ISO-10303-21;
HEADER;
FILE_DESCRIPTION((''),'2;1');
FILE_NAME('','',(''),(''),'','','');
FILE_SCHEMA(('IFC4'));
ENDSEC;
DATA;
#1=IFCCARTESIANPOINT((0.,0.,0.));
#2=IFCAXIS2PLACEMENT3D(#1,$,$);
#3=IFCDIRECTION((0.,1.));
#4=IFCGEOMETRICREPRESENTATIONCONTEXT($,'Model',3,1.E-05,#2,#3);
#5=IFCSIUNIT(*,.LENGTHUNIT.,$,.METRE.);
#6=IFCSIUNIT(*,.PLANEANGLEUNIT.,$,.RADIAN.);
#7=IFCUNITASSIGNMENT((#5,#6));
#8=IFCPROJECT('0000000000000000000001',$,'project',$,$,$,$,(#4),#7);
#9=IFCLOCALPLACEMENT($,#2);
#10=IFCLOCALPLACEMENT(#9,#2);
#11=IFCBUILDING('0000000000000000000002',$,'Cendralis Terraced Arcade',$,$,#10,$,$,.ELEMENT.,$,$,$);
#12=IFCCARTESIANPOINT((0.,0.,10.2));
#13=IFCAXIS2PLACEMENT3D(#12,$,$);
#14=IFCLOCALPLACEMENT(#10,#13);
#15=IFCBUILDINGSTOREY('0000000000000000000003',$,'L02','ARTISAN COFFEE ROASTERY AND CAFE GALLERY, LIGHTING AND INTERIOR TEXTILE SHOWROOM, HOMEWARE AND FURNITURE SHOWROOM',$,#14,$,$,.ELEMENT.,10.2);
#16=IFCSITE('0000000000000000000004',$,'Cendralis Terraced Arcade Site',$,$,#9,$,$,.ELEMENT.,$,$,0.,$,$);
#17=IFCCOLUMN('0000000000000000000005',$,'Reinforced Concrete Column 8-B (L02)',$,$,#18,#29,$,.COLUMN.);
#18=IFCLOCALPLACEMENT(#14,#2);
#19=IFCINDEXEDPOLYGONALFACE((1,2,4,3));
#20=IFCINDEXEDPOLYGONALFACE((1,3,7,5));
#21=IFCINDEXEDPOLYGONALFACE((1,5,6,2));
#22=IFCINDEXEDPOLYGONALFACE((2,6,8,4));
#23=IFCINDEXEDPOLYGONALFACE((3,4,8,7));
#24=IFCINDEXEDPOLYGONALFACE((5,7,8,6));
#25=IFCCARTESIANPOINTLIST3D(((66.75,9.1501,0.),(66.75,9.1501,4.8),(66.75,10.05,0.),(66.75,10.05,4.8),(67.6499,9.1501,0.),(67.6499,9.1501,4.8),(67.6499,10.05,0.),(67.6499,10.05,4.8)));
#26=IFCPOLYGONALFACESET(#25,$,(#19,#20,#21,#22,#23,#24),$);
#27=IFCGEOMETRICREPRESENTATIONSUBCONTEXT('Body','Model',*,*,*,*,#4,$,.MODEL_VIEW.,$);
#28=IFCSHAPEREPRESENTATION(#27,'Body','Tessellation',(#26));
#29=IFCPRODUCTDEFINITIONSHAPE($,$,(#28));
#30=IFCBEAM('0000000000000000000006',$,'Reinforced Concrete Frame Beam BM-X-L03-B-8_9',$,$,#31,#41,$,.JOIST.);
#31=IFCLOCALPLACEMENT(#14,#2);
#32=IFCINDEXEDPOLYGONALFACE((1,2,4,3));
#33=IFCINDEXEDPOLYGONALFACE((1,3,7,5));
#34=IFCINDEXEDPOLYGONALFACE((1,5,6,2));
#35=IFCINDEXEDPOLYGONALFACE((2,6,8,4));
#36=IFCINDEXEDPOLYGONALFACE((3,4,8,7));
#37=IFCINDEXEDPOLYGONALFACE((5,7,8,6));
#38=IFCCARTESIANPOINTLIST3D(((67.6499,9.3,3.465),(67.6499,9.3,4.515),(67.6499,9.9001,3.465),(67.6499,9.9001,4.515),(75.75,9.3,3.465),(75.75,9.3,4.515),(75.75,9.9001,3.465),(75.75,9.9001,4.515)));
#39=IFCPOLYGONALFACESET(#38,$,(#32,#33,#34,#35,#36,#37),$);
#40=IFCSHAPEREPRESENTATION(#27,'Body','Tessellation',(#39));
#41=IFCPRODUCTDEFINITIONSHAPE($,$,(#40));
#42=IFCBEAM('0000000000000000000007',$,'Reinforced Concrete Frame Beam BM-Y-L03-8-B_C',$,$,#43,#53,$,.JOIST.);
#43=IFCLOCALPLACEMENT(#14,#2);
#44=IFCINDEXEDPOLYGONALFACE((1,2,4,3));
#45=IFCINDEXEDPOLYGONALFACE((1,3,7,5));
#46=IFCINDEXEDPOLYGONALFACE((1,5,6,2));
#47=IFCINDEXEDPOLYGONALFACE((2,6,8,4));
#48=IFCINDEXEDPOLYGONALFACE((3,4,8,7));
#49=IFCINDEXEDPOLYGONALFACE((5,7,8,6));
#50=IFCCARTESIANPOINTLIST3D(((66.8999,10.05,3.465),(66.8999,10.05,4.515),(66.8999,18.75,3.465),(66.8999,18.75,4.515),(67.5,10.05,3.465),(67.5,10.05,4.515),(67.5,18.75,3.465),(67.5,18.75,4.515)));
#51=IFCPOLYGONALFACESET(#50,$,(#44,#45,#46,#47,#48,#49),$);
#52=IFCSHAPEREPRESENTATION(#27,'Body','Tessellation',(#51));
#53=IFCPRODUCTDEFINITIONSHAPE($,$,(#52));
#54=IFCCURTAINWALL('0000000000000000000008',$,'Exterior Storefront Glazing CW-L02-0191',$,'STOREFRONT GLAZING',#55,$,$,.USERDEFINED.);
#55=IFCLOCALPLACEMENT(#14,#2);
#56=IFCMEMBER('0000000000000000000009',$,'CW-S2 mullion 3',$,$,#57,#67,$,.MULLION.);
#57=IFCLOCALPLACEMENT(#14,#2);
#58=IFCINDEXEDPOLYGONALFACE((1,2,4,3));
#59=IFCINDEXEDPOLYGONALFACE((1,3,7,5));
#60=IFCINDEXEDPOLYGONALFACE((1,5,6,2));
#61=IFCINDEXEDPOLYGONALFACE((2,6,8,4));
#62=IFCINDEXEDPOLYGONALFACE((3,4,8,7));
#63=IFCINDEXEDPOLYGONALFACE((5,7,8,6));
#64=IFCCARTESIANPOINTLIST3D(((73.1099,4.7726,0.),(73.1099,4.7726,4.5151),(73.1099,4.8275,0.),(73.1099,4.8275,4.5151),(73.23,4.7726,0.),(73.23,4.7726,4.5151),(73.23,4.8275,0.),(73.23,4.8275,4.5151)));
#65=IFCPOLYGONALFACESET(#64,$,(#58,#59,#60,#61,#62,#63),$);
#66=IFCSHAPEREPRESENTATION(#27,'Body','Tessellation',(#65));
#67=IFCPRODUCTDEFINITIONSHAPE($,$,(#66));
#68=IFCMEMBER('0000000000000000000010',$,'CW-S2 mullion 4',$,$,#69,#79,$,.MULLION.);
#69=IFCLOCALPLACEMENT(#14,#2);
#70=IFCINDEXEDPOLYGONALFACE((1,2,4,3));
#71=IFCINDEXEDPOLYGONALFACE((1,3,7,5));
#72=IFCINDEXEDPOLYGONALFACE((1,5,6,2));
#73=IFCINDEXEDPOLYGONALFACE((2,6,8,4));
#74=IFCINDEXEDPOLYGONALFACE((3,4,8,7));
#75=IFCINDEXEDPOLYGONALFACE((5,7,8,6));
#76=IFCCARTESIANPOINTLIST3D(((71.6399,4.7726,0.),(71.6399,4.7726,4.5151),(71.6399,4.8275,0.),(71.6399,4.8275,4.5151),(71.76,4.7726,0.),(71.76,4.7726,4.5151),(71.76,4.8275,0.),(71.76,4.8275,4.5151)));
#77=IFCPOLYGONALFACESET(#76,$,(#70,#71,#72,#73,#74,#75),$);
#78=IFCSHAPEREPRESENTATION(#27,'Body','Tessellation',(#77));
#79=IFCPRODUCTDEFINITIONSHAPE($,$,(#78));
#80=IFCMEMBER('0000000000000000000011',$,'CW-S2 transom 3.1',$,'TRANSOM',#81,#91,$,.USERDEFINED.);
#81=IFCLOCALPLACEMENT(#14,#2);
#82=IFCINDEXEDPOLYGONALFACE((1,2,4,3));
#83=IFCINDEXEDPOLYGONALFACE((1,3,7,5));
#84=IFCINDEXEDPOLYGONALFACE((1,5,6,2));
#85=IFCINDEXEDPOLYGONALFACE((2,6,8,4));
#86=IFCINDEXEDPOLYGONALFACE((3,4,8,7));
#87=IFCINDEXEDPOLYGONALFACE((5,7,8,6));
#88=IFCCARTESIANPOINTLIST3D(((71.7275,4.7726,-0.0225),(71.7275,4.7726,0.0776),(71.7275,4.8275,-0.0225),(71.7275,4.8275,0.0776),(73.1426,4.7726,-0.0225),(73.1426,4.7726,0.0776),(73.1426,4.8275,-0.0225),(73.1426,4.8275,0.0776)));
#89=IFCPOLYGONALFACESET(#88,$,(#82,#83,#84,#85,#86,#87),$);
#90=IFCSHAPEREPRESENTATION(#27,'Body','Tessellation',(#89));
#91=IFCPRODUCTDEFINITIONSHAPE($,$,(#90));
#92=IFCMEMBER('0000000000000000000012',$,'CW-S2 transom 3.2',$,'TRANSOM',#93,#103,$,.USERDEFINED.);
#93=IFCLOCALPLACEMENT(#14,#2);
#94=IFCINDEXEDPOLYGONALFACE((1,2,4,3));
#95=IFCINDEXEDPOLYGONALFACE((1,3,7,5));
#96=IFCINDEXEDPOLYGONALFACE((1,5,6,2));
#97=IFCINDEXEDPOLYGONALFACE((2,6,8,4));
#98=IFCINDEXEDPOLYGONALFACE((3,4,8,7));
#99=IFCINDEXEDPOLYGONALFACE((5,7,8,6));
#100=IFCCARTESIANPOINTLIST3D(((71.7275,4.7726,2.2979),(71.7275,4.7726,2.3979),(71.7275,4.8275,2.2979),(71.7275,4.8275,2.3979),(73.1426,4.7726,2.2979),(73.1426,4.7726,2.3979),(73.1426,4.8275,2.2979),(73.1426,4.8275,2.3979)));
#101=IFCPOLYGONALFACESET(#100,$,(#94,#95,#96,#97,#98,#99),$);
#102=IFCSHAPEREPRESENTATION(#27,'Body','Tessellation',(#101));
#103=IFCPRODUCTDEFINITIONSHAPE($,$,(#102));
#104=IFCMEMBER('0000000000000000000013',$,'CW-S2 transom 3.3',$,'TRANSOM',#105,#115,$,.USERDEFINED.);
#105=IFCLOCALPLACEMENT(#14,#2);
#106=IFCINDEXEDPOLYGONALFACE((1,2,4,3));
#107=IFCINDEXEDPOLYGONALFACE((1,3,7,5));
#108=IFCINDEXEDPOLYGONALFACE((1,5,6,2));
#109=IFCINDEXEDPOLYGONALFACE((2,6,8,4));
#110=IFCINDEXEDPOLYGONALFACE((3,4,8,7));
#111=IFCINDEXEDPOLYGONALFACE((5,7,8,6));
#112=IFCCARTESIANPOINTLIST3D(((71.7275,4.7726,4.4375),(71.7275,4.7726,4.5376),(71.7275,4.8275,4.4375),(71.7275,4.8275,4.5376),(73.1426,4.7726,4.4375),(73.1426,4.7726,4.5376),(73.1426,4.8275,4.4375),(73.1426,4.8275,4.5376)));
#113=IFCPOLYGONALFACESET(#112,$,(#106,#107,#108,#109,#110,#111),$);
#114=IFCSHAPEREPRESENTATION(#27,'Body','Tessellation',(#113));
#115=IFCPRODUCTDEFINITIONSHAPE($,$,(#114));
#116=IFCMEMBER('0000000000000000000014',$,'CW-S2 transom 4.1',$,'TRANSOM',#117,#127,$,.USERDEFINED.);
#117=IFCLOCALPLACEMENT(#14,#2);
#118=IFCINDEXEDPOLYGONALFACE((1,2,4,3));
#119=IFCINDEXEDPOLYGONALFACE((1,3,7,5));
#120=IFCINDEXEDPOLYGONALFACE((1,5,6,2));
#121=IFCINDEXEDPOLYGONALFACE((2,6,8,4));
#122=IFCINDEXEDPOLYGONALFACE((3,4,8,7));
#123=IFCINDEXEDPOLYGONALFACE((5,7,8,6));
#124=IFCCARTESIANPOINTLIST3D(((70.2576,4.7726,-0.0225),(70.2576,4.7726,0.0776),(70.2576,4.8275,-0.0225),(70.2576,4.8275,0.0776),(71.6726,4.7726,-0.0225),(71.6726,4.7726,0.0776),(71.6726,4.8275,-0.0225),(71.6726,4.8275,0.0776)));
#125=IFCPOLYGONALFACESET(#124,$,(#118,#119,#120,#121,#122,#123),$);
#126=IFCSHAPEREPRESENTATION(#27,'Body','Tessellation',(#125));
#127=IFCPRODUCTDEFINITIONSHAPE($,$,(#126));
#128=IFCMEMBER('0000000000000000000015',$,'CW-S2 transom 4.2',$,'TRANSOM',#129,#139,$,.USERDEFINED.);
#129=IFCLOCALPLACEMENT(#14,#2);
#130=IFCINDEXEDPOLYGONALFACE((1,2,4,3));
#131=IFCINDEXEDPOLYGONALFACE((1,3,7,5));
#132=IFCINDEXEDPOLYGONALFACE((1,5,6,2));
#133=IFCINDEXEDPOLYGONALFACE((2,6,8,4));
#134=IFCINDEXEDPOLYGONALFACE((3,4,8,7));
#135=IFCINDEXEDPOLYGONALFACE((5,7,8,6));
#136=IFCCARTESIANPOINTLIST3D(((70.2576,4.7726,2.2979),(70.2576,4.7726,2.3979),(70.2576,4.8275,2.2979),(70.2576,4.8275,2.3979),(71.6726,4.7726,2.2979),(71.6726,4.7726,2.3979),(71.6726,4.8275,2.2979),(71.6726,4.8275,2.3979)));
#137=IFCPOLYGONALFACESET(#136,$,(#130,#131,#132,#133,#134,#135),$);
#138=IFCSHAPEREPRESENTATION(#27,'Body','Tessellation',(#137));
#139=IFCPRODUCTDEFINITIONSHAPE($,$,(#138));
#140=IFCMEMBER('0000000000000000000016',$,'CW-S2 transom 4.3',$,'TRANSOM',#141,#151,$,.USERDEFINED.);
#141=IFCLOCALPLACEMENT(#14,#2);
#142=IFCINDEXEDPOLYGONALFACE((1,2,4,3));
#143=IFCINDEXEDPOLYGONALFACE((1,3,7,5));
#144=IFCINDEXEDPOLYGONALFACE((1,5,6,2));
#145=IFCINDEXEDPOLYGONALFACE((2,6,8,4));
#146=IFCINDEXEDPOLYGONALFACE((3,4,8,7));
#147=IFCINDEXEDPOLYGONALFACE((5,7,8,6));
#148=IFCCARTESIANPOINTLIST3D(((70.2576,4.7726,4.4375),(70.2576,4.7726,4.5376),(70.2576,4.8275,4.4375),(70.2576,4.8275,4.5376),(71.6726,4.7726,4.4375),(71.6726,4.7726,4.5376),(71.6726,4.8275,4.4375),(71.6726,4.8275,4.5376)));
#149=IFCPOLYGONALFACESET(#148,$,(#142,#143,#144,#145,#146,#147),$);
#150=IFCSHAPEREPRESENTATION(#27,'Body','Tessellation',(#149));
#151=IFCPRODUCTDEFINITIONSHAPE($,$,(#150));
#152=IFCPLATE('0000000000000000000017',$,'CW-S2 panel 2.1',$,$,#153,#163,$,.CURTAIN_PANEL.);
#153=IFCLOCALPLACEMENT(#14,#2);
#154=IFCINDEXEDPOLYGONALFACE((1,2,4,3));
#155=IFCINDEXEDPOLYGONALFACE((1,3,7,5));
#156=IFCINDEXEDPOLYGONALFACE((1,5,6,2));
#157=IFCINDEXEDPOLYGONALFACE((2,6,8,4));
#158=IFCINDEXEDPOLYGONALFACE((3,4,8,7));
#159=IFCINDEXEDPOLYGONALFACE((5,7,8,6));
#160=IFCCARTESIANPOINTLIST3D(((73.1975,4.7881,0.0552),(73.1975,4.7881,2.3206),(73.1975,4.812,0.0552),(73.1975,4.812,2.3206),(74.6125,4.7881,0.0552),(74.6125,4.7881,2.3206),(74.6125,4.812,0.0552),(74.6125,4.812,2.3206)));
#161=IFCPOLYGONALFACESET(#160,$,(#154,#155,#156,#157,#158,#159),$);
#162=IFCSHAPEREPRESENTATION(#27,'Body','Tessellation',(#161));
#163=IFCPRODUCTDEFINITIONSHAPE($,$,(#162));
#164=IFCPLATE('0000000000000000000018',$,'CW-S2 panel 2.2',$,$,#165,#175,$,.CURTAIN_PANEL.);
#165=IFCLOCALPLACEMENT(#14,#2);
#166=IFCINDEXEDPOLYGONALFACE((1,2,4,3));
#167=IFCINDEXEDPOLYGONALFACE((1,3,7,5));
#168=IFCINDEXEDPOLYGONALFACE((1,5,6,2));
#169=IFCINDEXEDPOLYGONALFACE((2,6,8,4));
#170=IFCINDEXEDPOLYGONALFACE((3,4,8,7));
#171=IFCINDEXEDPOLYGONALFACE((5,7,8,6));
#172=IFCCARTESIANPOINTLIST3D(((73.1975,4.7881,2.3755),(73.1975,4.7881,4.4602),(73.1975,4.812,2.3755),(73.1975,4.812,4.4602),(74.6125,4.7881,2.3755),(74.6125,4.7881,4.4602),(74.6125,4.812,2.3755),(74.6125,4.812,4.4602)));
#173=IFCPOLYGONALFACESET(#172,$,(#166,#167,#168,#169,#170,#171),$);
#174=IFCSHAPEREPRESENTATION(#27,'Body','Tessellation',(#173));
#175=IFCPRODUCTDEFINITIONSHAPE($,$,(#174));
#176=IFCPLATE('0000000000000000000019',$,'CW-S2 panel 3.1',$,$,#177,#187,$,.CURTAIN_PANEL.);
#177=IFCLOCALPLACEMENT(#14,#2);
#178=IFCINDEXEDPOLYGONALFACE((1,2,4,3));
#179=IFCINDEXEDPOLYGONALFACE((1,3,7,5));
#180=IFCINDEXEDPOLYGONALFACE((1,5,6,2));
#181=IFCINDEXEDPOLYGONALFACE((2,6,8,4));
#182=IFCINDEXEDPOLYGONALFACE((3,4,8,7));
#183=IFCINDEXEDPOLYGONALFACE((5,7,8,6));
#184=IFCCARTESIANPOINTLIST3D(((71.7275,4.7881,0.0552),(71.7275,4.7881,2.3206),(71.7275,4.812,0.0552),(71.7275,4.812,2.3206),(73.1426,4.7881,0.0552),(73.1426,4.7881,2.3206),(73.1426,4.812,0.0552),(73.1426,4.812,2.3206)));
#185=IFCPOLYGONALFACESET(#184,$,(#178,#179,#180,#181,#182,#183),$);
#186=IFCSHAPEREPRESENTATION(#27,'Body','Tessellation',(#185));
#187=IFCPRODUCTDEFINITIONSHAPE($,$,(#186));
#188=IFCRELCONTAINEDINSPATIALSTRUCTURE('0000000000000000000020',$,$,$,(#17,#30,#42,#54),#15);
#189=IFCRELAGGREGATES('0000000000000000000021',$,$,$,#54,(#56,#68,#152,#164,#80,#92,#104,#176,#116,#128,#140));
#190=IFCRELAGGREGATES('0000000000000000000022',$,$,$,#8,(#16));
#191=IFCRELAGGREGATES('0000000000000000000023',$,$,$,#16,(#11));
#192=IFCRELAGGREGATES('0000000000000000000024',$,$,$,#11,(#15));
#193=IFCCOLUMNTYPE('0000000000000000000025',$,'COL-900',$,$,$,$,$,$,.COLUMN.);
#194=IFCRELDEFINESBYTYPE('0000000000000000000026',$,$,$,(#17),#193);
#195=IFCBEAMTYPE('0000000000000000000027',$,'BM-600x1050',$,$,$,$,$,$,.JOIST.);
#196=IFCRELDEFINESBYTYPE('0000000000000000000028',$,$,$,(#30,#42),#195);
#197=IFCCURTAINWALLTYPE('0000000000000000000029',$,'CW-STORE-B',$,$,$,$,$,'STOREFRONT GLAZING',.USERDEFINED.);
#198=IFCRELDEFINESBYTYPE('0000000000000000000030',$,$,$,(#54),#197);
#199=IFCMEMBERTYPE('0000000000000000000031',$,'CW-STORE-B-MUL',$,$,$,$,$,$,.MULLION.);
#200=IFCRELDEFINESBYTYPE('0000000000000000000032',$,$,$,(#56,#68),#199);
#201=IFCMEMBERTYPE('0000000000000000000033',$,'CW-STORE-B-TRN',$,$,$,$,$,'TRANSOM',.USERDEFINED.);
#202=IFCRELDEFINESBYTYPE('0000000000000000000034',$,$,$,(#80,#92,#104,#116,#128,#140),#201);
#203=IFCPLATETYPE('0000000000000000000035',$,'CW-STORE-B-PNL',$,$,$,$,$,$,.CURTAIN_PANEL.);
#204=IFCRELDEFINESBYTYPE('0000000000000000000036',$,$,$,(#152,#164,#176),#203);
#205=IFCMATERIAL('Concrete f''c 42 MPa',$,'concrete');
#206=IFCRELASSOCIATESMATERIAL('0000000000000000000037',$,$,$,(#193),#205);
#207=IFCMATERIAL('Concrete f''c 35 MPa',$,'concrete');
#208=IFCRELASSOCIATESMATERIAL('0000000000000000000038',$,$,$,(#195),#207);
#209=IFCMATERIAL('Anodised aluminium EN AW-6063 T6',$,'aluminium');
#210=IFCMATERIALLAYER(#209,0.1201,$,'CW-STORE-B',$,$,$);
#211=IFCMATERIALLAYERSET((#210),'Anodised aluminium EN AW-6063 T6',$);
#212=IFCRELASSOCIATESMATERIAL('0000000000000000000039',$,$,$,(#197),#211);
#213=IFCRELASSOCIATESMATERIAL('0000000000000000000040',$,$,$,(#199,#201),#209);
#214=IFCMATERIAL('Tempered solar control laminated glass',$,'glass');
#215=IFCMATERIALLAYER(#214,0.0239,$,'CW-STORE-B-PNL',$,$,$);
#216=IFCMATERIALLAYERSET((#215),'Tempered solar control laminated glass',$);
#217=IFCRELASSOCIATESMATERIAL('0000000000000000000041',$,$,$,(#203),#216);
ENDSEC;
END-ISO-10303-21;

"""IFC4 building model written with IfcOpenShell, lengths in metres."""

from ifc_helpers import new_model, si_unit, direction, frame, origin, origin_2d, place, context, subcontext, project, spatial, rectangle, extrude, material, layer, layer_set, material_profile, profile_set, type_object, element, aggregate, save


model = new_model("IFC4")

# Units and contexts
model_context = context("Model", 3, precision=1e-05, world=origin(), true_north=direction((0.0, 1.0)))
body_context = subcontext(model_context, "Body", "Model", "MODEL_VIEW")
ifc_project = project(units=[si_unit("LENGTHUNIT", "METRE"), si_unit("PLANEANGLEUNIT", "RADIAN")], contexts=[model_context])

# Site, building, storey
site_placement = place(None, origin())
site = spatial("IfcSite", under=ifc_project, at=site_placement, Name="Cendralis Terraced Arcade Site", CompositionType="ELEMENT", RefElevation=0.0)
building_placement = place(site_placement, origin())
building = spatial("IfcBuilding", under=site, at=building_placement, Name="Cendralis Terraced Arcade", CompositionType="ELEMENT")
storey_placement = place(building_placement, frame((0.0, 0.0, 10.2)))
storey = spatial("IfcBuildingStorey", under=building, at=storey_placement, Name="L02", Description="ARTISAN COFFEE ROASTERY AND CAFE GALLERY, LIGHTING AND INTERIOR TEXTILE SHOWROOM, HOMEWARE AND FURNITURE SHOWROOM", CompositionType="ELEMENT", Elevation=10.2)

# Column
ifc_material_1 = material(Name="Concrete f'c 42 MPa", Category="concrete")
ifc_material_profile_1 = material_profile(ifc_material_1, rectangle(XDim=0.8999, YDim=0.8999, at=origin_2d()), Name="RC-COL-900x900", Category="LoadBearing")
ifc_profile_set_1 = profile_set([ifc_material_profile_1], Name="Concrete f'c 42 MPa")
column_type = type_object("IfcColumnType", Name="COL-900", PredefinedType="COLUMN", material=ifc_profile_set_1)
column_placement = place(storey_placement, frame((67.2, 9.6001, 0.0), z_axis=(0.0, 0.0, 1.0), x_axis=(1.0, 0.0, 0.0)))
element("IfcColumn", 1, at=column_placement, inside=storey, type_object=column_type, Name="Reinforced Concrete Column 8-B (L02)", PredefinedType="COLUMN", context=body_context, shape_type="SweptSolid", body=[
    extrude(rectangle(XDim=0.8999, YDim=0.8999, at=origin_2d()), origin(), (0.0, 0.0, 1.0), 4.8),
])

# Beams
ifc_material_2 = material(Name="Concrete f'c 35 MPa", Category="concrete")
ifc_material_profile_2 = material_profile(ifc_material_2, rectangle(XDim=0.6001, YDim=1.05, at=origin_2d()), Name="RC-BM-600x1050", Category="LoadBearing")
ifc_profile_set_2 = profile_set([ifc_material_profile_2], Name="Concrete f'c 35 MPa")
beam_type = type_object("IfcBeamType", Name="BM-600x1050", PredefinedType="JOIST", material=ifc_profile_set_2)
beam_1_placement = place(storey_placement, frame((67.6499, 9.6001, 3.99), z_axis=(1.0, 0.0, 0.0), x_axis=(0.0, 1.0, 0.0)))
element("IfcBeam", 2, at=beam_1_placement, inside=storey, type_object=beam_type, Name="Reinforced Concrete Frame Beam BM-X-L03-B-8_9", PredefinedType="JOIST", context=body_context, shape_type="SweptSolid", body=[
    extrude(rectangle(XDim=0.6001, YDim=1.05, at=origin_2d()), origin(), (0.0, 0.0, 1.0), 8.1001),
])
beam_2_placement = place(storey_placement, frame((67.2, 10.05, 3.99), z_axis=(0.0, 1.0, 0.0), x_axis=(-1.0, 0.0, 0.0)))
element("IfcBeam", 3, at=beam_2_placement, inside=storey, type_object=beam_type, Name="Reinforced Concrete Frame Beam BM-Y-L03-8-B_C", PredefinedType="JOIST", context=body_context, shape_type="SweptSolid", body=[
    extrude(rectangle(XDim=0.6001, YDim=1.05, at=origin_2d()), origin(), (0.0, 0.0, 1.0), 8.7),
])

# Curtain wall, members, plates
ifc_material_3 = material(Name="Anodised aluminium EN AW-6063 T6", Category="aluminium")
ifc_layer_1 = layer(ifc_material_3, 0.1201, Name="CW-STORE-B")
ifc_layer_set_1 = layer_set([ifc_layer_1], Name="Anodised aluminium EN AW-6063 T6")
curtain_wall_type = type_object("IfcCurtainWallType", Name="CW-STORE-B", ElementType="STOREFRONT GLAZING", PredefinedType="USERDEFINED", material=ifc_layer_set_1)
curtain_wall_placement = place(storey_placement, origin())
curtain_wall = element("IfcCurtainWall", 4, at=curtain_wall_placement, inside=storey, type_object=curtain_wall_type, Name="Exterior Storefront Glazing CW-L02-0191", ObjectType="STOREFRONT GLAZING", PredefinedType="USERDEFINED")
ifc_material_profile_3 = material_profile(ifc_material_3, rectangle(XDim=0.0549, YDim=0.1201, at=origin_2d()), Name="ALU-MUL-55x120")
ifc_profile_set_3 = profile_set([ifc_material_profile_3], Name="Anodised aluminium EN AW-6063 T6")
member_type_1 = type_object("IfcMemberType", Name="CW-STORE-B-MUL", PredefinedType="MULLION", material=ifc_profile_set_3)
member_1_placement = place(storey_placement, frame((73.1699, 4.8, 0.0), z_axis=(0.0, 0.0, 1.0), x_axis=(0.0, -1.0, 0.0)))
member_1 = element("IfcMember", 5, at=member_1_placement, type_object=member_type_1, Name="CW-S2 mullion 3", PredefinedType="MULLION", context=body_context, shape_type="SweptSolid", body=[
    extrude(rectangle(XDim=0.0549, YDim=0.1201, at=origin_2d()), origin(), (0.0, 0.0, 1.0), 4.5151),
])
member_2_placement = place(storey_placement, frame((71.7, 4.8, 0.0), z_axis=(0.0, 0.0, 1.0), x_axis=(0.0, -1.0, 0.0)))
member_2 = element("IfcMember", 6, at=member_2_placement, type_object=member_type_1, Name="CW-S2 mullion 4", PredefinedType="MULLION", context=body_context, shape_type="SweptSolid", body=[
    extrude(rectangle(XDim=0.0549, YDim=0.1201, at=origin_2d()), origin(), (0.0, 0.0, 1.0), 4.5151),
])
ifc_material_profile_4 = material_profile(ifc_material_3, rectangle(XDim=0.0549, YDim=0.1001, at=origin_2d()), Name="ALU-TRN-55x100")
ifc_profile_set_4 = profile_set([ifc_material_profile_4], Name="Anodised aluminium EN AW-6063 T6")
member_type_2 = type_object("IfcMemberType", Name="CW-STORE-B-TRN", ElementType="TRANSOM", PredefinedType="USERDEFINED", material=ifc_profile_set_4)
member_3_placement = place(storey_placement, frame((73.1426, 4.8, 0.0276), z_axis=(-1.0, 0.0, 0.0), x_axis=(0.0, -1.0, 0.0)))
member_3 = element("IfcMember", 7, at=member_3_placement, type_object=member_type_2, Name="CW-S2 transom 3.1", ObjectType="TRANSOM", PredefinedType="USERDEFINED", context=body_context, shape_type="SweptSolid", body=[
    extrude(rectangle(XDim=0.0549, YDim=0.1001, at=origin_2d()), origin(), (0.0, 0.0, 1.0), 1.415),
])
member_4_placement = place(storey_placement, frame((73.1426, 4.8, 2.3479), z_axis=(-1.0, 0.0, 0.0), x_axis=(0.0, -1.0, 0.0)))
member_4 = element("IfcMember", 8, at=member_4_placement, type_object=member_type_2, Name="CW-S2 transom 3.2", ObjectType="TRANSOM", PredefinedType="USERDEFINED", context=body_context, shape_type="SweptSolid", body=[
    extrude(rectangle(XDim=0.0549, YDim=0.1001, at=origin_2d()), origin(), (0.0, 0.0, 1.0), 1.415),
])
member_5_placement = place(storey_placement, frame((73.1426, 4.8, 4.4875), z_axis=(-1.0, 0.0, 0.0), x_axis=(0.0, -1.0, 0.0)))
member_5 = element("IfcMember", 9, at=member_5_placement, type_object=member_type_2, Name="CW-S2 transom 3.3", ObjectType="TRANSOM", PredefinedType="USERDEFINED", context=body_context, shape_type="SweptSolid", body=[
    extrude(rectangle(XDim=0.0549, YDim=0.1001, at=origin_2d()), origin(), (0.0, 0.0, 1.0), 1.415),
])
member_6_placement = place(storey_placement, frame((71.6726, 4.8, 0.0276), z_axis=(-1.0, 0.0, 0.0), x_axis=(0.0, -1.0, 0.0)))
member_6 = element("IfcMember", 10, at=member_6_placement, type_object=member_type_2, Name="CW-S2 transom 4.1", ObjectType="TRANSOM", PredefinedType="USERDEFINED", context=body_context, shape_type="SweptSolid", body=[
    extrude(rectangle(XDim=0.0549, YDim=0.1001, at=origin_2d()), origin(), (0.0, 0.0, 1.0), 1.415),
])
member_7_placement = place(storey_placement, frame((71.6726, 4.8, 2.3479), z_axis=(-1.0, 0.0, 0.0), x_axis=(0.0, -1.0, 0.0)))
member_7 = element("IfcMember", 11, at=member_7_placement, type_object=member_type_2, Name="CW-S2 transom 4.2", ObjectType="TRANSOM", PredefinedType="USERDEFINED", context=body_context, shape_type="SweptSolid", body=[
    extrude(rectangle(XDim=0.0549, YDim=0.1001, at=origin_2d()), origin(), (0.0, 0.0, 1.0), 1.415),
])
member_8_placement = place(storey_placement, frame((71.6726, 4.8, 4.4875), z_axis=(-1.0, 0.0, 0.0), x_axis=(0.0, -1.0, 0.0)))
member_8 = element("IfcMember", 12, at=member_8_placement, type_object=member_type_2, Name="CW-S2 transom 4.3", ObjectType="TRANSOM", PredefinedType="USERDEFINED", context=body_context, shape_type="SweptSolid", body=[
    extrude(rectangle(XDim=0.0549, YDim=0.1001, at=origin_2d()), origin(), (0.0, 0.0, 1.0), 1.415),
])
ifc_material_4 = material(Name="Tempered solar control laminated glass", Category="glass")
ifc_layer_2 = layer(ifc_material_4, 0.0239, Name="CW-STORE-B-PNL")
ifc_layer_set_2 = layer_set([ifc_layer_2], Name="Tempered solar control laminated glass")
plate_type = type_object("IfcPlateType", Name="CW-STORE-B-PNL", PredefinedType="CURTAIN_PANEL", material=ifc_layer_set_2)
plate_1_placement = place(storey_placement, frame((73.905, 4.8, 0.0552), z_axis=(0.0, 0.0, 1.0), x_axis=(-1.0, 0.0, 0.0)))
plate_1 = element("IfcPlate", 13, at=plate_1_placement, type_object=plate_type, Name="CW-S2 panel 2.1", PredefinedType="CURTAIN_PANEL", context=body_context, shape_type="SweptSolid", body=[
    extrude(rectangle(XDim=1.415, YDim=0.0239, at=origin_2d()), origin(), (0.0, 0.0, 1.0), 2.2654),
])
plate_2_placement = place(storey_placement, frame((73.905, 4.8, 2.3755), z_axis=(0.0, 0.0, 1.0), x_axis=(-1.0, 0.0, 0.0)))
plate_2 = element("IfcPlate", 14, at=plate_2_placement, type_object=plate_type, Name="CW-S2 panel 2.2", PredefinedType="CURTAIN_PANEL", context=body_context, shape_type="SweptSolid", body=[
    extrude(rectangle(XDim=1.415, YDim=0.0239, at=origin_2d()), origin(), (0.0, 0.0, 1.0), 2.0847),
])
plate_3_placement = place(storey_placement, frame((72.4351, 4.8, 0.0552), z_axis=(0.0, 0.0, 1.0), x_axis=(-1.0, 0.0, 0.0)))
plate_3 = element("IfcPlate", 15, at=plate_3_placement, type_object=plate_type, Name="CW-S2 panel 3.1", PredefinedType="CURTAIN_PANEL", context=body_context, shape_type="SweptSolid", body=[
    extrude(rectangle(XDim=1.415, YDim=0.0239, at=origin_2d()), origin(), (0.0, 0.0, 1.0), 2.2654),
])
aggregate(curtain_wall, [member_1, member_2, plate_1, plate_2, member_3, member_4, member_5, plate_3, member_6, member_7, member_8])

save(model, "model.ifc")
